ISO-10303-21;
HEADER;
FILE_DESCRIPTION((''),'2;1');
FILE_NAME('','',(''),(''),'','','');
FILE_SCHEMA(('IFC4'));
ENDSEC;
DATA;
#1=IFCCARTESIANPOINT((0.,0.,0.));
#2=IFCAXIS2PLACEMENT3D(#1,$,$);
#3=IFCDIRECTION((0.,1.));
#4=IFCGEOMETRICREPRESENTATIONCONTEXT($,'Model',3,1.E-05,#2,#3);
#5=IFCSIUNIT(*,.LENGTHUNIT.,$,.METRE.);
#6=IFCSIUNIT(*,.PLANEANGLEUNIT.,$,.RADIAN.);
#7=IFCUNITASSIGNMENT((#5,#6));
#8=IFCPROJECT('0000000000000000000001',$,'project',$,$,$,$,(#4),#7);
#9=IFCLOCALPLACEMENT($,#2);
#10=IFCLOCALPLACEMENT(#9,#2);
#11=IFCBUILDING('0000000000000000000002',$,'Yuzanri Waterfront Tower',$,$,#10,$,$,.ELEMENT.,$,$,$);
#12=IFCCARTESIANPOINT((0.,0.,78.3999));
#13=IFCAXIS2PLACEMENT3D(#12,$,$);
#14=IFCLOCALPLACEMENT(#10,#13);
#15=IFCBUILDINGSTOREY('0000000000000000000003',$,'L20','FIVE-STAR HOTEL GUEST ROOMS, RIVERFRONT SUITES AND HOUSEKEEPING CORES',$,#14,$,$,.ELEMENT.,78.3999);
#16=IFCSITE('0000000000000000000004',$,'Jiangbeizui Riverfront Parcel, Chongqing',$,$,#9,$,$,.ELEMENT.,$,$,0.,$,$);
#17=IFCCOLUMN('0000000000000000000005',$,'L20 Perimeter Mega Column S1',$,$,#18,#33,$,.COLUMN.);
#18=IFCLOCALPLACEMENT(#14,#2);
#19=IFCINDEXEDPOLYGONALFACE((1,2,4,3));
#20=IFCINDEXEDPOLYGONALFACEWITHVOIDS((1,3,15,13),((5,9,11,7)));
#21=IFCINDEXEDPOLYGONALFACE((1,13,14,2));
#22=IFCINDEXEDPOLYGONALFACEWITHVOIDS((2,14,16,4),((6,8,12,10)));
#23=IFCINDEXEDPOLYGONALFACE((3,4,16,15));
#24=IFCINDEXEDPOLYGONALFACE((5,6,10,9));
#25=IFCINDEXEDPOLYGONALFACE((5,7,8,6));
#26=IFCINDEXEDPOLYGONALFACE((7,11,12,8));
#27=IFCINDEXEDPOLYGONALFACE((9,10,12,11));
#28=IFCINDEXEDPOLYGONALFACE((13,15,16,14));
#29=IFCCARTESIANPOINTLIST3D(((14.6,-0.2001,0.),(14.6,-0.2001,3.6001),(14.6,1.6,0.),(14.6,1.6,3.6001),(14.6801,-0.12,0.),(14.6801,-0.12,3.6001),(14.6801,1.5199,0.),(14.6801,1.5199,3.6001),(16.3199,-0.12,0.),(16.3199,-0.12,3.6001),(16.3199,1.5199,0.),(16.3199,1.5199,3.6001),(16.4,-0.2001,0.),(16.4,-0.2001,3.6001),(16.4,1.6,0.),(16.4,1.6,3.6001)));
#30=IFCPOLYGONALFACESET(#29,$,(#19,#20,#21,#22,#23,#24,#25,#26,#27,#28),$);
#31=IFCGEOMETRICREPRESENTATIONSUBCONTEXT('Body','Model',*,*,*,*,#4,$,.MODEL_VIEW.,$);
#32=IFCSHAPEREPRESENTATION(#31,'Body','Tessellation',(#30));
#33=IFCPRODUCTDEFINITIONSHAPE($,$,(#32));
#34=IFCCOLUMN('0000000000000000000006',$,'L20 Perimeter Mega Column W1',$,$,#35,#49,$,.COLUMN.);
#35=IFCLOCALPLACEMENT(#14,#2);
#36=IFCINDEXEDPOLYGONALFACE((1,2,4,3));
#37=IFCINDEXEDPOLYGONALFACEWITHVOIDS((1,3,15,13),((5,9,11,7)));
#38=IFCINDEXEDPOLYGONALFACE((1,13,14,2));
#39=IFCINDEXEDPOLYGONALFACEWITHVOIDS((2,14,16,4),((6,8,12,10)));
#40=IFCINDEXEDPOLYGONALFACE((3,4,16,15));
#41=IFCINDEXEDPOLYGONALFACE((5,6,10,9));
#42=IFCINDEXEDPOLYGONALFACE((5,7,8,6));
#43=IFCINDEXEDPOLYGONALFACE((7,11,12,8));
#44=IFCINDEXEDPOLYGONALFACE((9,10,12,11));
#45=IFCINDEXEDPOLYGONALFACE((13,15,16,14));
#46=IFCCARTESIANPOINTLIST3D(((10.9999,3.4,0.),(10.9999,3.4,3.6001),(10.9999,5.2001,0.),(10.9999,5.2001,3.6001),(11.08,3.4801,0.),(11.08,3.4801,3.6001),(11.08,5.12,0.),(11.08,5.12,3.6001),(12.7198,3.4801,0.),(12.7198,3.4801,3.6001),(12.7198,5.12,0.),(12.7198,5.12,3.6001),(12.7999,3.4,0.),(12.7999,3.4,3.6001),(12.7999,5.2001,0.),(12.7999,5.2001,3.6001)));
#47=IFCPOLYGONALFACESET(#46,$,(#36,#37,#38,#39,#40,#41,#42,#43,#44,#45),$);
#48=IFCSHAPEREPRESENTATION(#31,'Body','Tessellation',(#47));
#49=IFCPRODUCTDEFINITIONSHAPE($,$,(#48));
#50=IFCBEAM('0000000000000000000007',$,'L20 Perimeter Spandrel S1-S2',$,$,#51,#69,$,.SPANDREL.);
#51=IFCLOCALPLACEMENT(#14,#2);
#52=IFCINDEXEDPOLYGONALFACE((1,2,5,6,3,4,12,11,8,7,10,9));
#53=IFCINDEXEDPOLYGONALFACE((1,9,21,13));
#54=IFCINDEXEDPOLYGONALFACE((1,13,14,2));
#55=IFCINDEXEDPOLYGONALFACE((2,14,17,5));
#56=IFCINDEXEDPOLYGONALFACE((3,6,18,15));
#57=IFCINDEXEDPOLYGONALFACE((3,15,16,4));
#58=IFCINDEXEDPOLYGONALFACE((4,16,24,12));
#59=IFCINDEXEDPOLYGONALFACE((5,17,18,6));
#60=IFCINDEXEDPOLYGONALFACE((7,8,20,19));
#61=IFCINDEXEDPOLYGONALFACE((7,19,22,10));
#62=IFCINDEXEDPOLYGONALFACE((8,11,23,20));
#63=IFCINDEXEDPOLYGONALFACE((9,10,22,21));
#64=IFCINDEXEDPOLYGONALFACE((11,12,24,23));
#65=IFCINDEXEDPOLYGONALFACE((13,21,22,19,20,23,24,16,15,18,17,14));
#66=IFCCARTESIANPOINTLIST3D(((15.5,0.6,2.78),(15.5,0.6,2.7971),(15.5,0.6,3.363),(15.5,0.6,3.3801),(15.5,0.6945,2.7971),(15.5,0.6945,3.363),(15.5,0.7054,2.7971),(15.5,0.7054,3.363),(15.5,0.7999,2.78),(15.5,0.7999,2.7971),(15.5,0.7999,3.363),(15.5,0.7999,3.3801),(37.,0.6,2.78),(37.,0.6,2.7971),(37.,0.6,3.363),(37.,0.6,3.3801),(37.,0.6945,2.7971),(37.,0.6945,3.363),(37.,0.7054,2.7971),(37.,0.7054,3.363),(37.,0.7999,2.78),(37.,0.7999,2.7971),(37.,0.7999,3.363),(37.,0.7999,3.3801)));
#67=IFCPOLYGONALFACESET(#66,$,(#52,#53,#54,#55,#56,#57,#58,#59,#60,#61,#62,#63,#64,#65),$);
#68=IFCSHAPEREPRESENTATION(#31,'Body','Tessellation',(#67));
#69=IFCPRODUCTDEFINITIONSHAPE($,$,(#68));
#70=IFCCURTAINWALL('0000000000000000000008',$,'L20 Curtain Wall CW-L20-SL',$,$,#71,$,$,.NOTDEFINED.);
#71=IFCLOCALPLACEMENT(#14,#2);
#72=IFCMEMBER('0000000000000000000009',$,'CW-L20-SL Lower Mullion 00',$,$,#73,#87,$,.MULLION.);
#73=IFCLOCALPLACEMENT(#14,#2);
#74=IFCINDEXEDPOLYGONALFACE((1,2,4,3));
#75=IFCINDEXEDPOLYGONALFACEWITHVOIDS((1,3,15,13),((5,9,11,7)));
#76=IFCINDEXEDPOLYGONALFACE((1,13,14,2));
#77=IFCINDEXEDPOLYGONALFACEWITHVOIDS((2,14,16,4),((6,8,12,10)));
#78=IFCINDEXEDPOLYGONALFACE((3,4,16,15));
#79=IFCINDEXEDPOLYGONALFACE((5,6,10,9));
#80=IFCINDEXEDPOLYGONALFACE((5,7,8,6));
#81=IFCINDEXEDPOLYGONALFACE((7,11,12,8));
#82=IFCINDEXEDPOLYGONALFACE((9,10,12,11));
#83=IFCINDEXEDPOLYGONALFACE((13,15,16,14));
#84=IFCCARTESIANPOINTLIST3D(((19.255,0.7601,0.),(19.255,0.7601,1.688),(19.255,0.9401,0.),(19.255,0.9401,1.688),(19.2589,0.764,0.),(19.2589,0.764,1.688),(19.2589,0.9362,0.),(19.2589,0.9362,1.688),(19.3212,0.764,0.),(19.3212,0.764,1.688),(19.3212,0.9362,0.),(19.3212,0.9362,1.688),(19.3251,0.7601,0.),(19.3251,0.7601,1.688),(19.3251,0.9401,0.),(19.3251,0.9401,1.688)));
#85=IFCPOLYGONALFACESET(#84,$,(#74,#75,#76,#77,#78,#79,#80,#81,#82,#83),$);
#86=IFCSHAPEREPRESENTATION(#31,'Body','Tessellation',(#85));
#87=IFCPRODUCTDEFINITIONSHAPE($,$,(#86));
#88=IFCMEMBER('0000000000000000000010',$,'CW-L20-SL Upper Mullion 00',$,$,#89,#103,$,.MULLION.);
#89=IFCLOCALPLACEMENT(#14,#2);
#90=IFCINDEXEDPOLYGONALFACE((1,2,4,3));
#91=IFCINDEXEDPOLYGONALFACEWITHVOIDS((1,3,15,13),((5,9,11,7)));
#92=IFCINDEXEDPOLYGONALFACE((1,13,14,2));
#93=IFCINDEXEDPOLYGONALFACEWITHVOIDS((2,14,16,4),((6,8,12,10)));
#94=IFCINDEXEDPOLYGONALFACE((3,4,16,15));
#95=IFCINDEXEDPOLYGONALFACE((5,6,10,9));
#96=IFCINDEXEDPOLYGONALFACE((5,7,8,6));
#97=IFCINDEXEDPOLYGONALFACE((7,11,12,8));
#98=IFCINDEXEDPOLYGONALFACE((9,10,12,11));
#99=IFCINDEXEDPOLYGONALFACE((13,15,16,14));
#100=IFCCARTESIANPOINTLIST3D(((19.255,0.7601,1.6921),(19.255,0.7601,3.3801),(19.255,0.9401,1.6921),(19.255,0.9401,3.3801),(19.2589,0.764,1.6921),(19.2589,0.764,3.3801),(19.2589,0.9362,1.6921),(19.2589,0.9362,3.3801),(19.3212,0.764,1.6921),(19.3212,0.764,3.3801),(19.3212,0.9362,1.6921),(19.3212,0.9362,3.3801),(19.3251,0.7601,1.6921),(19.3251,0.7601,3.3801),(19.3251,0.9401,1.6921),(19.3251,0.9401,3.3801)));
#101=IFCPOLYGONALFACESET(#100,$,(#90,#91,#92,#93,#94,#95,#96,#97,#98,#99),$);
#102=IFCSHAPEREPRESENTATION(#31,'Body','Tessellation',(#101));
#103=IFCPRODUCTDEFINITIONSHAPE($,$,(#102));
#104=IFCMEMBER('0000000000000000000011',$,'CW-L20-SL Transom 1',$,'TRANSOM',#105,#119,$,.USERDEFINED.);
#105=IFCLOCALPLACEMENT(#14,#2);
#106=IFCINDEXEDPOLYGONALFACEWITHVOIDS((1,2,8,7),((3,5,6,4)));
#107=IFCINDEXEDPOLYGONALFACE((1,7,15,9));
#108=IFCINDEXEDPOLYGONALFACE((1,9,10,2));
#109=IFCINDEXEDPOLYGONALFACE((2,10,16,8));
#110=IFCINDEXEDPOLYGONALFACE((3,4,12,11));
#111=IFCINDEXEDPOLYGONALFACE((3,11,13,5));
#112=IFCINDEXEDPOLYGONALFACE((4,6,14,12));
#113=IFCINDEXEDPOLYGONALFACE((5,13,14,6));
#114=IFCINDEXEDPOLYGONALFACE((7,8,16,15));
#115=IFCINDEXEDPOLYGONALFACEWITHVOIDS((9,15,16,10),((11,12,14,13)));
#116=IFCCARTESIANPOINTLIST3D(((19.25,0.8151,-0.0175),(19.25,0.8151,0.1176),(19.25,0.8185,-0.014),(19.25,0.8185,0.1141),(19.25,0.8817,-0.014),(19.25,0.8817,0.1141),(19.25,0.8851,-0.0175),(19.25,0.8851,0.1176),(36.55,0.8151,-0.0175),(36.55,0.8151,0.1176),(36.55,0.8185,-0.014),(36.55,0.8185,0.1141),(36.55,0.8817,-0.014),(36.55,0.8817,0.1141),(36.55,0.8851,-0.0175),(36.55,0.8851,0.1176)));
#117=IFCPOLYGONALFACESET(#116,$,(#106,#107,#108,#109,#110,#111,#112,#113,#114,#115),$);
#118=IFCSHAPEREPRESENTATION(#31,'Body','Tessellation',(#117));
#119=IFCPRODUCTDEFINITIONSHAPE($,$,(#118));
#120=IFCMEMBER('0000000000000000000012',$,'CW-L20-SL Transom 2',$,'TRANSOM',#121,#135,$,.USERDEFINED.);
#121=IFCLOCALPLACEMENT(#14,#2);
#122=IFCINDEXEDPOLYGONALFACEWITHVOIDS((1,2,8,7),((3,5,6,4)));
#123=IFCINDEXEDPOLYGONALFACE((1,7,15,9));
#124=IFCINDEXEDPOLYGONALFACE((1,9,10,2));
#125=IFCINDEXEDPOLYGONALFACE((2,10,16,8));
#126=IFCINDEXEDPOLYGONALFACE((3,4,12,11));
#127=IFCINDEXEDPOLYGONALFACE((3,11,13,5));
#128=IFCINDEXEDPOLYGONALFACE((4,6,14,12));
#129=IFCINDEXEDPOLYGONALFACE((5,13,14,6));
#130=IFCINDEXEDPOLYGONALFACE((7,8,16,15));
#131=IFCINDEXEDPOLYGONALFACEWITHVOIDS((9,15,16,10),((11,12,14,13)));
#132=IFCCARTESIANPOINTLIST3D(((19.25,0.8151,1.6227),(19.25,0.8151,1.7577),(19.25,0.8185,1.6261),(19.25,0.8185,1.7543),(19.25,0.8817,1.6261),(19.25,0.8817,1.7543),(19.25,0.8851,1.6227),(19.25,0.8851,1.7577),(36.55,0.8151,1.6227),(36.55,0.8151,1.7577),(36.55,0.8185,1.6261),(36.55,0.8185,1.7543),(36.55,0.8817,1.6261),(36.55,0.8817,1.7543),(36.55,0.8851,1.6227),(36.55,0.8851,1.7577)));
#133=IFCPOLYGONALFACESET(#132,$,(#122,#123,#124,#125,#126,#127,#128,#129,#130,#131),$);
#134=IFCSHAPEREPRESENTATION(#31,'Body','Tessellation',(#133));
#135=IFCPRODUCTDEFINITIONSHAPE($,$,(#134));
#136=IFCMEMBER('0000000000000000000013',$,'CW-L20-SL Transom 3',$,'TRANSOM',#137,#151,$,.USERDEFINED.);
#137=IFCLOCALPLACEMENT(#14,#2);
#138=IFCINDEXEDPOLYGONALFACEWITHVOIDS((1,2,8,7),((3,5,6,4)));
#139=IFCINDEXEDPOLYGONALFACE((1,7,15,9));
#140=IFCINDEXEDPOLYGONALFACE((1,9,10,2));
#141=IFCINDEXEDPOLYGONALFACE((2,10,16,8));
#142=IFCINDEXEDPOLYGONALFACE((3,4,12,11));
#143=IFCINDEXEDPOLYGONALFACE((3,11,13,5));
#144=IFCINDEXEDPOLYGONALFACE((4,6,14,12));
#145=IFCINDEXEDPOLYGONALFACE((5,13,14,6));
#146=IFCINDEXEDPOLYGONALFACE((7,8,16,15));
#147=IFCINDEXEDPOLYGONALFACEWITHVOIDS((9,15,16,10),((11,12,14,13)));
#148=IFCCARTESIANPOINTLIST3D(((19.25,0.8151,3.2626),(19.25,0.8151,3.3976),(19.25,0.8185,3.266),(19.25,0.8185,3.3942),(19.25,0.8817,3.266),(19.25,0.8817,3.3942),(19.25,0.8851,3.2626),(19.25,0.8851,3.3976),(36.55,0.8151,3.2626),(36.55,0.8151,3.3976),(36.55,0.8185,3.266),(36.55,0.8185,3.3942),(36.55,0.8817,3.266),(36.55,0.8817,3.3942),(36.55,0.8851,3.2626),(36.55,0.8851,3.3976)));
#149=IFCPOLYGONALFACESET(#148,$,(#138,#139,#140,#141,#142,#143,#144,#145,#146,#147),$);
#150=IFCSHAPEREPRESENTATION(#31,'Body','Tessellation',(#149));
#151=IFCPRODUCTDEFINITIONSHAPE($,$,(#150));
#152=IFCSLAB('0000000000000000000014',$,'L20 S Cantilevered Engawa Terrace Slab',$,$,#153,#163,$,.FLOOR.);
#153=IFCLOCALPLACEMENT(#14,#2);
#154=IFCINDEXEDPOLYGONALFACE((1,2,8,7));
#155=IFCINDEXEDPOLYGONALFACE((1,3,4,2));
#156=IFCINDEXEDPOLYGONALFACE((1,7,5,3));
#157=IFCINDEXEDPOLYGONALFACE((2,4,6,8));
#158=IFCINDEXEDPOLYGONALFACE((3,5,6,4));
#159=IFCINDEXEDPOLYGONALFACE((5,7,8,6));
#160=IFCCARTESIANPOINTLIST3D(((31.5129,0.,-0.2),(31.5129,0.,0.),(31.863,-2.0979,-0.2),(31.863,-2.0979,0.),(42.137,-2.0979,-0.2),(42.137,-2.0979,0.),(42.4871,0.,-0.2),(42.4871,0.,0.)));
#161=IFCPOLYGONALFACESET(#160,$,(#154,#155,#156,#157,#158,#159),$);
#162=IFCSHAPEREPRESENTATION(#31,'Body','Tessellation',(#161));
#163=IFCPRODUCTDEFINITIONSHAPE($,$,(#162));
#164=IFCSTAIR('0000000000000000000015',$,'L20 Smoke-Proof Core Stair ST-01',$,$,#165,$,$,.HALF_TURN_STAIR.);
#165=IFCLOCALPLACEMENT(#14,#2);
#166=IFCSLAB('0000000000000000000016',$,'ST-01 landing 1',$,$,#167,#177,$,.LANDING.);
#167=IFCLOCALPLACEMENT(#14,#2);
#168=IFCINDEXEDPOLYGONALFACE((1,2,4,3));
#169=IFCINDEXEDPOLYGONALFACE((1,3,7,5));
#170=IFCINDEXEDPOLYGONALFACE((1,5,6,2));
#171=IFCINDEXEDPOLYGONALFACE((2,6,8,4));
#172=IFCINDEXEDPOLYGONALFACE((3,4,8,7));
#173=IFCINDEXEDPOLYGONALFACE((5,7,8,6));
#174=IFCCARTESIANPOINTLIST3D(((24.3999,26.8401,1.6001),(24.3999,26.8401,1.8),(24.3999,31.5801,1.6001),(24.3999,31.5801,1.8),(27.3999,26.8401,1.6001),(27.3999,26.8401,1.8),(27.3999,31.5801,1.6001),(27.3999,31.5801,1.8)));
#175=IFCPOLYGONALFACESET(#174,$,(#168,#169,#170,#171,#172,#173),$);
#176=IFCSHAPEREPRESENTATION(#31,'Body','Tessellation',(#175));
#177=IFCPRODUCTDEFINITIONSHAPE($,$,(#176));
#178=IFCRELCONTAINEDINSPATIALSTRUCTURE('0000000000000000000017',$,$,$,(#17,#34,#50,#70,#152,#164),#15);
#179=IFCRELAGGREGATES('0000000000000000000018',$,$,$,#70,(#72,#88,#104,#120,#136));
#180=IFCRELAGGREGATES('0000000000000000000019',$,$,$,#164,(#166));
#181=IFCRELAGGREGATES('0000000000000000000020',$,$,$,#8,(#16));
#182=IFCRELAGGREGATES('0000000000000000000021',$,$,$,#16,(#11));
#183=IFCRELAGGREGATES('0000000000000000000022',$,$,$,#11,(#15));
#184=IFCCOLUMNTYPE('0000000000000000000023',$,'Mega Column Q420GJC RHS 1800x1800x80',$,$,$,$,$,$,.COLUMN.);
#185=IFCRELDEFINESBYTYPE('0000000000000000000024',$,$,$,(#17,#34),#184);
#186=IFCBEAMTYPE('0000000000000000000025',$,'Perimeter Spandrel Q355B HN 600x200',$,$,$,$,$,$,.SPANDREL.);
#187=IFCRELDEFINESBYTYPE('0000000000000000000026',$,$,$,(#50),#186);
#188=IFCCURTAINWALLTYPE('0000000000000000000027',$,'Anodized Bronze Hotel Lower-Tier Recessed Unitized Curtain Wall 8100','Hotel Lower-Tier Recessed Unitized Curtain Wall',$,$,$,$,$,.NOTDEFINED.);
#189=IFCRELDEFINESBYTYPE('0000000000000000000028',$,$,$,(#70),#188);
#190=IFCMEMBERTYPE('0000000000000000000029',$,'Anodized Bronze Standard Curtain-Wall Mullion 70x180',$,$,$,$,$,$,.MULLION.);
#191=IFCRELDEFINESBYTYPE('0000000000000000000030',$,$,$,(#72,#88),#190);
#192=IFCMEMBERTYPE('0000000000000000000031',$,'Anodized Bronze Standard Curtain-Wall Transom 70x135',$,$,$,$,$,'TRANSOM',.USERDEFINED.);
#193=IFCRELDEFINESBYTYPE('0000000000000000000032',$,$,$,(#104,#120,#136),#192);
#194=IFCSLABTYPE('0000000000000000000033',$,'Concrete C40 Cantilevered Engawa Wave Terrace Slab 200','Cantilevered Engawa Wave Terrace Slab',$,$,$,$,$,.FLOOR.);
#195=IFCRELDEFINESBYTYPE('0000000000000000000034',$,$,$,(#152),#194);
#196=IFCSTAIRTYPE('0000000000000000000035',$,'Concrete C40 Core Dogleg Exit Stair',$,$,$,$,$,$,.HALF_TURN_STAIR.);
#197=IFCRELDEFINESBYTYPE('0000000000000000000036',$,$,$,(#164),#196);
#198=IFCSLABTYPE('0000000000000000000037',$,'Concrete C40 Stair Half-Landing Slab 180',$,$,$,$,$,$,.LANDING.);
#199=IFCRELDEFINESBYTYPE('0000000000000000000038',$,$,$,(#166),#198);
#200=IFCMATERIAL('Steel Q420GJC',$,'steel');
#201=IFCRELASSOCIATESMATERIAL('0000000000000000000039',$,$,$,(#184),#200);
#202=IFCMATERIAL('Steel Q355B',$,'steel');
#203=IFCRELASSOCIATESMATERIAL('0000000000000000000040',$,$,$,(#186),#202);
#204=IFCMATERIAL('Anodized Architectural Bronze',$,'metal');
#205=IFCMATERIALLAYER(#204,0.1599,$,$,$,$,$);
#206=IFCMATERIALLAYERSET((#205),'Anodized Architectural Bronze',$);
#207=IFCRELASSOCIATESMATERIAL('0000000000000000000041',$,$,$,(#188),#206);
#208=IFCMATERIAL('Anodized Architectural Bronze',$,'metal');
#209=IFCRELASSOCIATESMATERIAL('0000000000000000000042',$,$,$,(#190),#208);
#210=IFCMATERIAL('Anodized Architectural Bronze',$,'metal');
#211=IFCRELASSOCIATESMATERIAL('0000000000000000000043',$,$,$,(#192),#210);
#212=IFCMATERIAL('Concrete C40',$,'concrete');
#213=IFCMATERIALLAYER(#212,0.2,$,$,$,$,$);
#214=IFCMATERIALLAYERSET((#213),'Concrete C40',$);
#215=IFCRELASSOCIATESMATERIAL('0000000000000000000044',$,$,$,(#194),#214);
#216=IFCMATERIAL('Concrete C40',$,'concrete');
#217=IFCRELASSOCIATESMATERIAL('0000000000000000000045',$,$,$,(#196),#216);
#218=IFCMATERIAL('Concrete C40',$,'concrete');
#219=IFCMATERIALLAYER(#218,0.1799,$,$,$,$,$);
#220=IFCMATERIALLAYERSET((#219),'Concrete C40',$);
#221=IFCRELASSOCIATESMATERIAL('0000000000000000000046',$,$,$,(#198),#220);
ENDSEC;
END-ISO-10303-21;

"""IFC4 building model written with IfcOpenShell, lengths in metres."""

from ifc_helpers import new_model, si_unit, direction, frame, origin, origin_2d, place, context, subcontext, project, spatial, polyline, hollow_rectangle, i_section, outline, extrude, source, transform, mapped, material, layer, layer_set, material_profile, profile_set, type_object, element, aggregate, save


model = new_model("IFC4")

# Units and contexts
model_context = context("Model", 3, precision=1e-05, world=origin(), true_north=direction((0.0, 1.0)))
body_context = subcontext(model_context, "Body", "Model", "MODEL_VIEW")
ifc_project = project(units=[si_unit("LENGTHUNIT", "METRE"), si_unit("PLANEANGLEUNIT", "RADIAN")], contexts=[model_context])

# Site, building, storey
site_placement = place(None, origin())
site = spatial("IfcSite", under=ifc_project, at=site_placement, Name="Jiangbeizui Riverfront Parcel, Chongqing", CompositionType="ELEMENT", RefElevation=0.0)
building_placement = place(site_placement, origin())
building = spatial("IfcBuilding", under=site, at=building_placement, Name="Yuzanri Waterfront Tower", CompositionType="ELEMENT")
storey_placement = place(building_placement, frame((0.0, 0.0, 78.3999)))
storey = spatial("IfcBuildingStorey", under=building, at=storey_placement, Name="L20", Description="FIVE-STAR HOTEL GUEST ROOMS, RIVERFRONT SUITES AND HOUSEKEEPING CORES", CompositionType="ELEMENT", Elevation=78.3999)

# Columns
ifc_material_1 = material(Name="Steel Q420GJC", Category="steel")
ifc_material_profile_1 = material_profile(ifc_material_1, hollow_rectangle(XDim=1.8, YDim=1.8, WallThickness=0.0801, at=origin_2d()), Name="RHS 1800x1800x80")
ifc_profile_set_1 = profile_set([ifc_material_profile_1], Name="Steel Q420GJC")
column_type = type_object("IfcColumnType", Name="Mega Column Q420GJC RHS 1800x1800x80", PredefinedType="COLUMN", material=ifc_profile_set_1)
shared_shape_1 = source(origin(), body_context, "Body", "SweptSolid", [
    extrude(hollow_rectangle(XDim=1.8, YDim=1.8, WallThickness=0.0801, at=origin_2d()), origin(), (0.0, 0.0, 1.0), 3.6001),
])
for number, where, z_axis, x_axis, name in (
    (1, (15.5, 0.7, 0.0), (0.0, 0.0, 1.0), (1.0, 0.0, 0.0), "L20 Perimeter Mega Column S1"),
    (2, (11.8999, 4.3, 0.0), (0.0, 0.0, 1.0), (1.0, 0.0, 0.0), "L20 Perimeter Mega Column W1"),
):
    element("IfcColumn", number, at=place(storey_placement, frame(where, z_axis=z_axis, x_axis=x_axis)), inside=storey, type_object=column_type, Name=name, PredefinedType="COLUMN", context=body_context, shape_type="MappedRepresentation", body=[
        mapped(shared_shape_1, transform((0.0, 0.0, 0.0), scale=1.0)),
    ])

# Beam
ifc_material_2 = material(Name="Steel Q355B", Category="steel")
ifc_material_profile_2 = material_profile(ifc_material_2, i_section(OverallWidth=0.2, OverallDepth=0.6001, WebThickness=0.011, FlangeThickness=0.0171, at=origin_2d()), Name="HN 600x200x11x17")
ifc_profile_set_2 = profile_set([ifc_material_profile_2], Name="Steel Q355B")
beam_type = type_object("IfcBeamType", Name="Perimeter Spandrel Q355B HN 600x200", PredefinedType="SPANDREL", material=ifc_profile_set_2)
shared_shape_2 = source(origin(), body_context, "Body", "SweptSolid", [
    extrude(i_section(OverallWidth=0.2, OverallDepth=0.6001, WebThickness=0.011, FlangeThickness=0.0171, at=origin_2d()), origin(), (0.0, 0.0, 1.0), 21.5),
])
beam_placement = place(storey_placement, frame((15.5, 0.7, 3.0801), z_axis=(1.0, 0.0, 0.0), x_axis=(0.0, 1.0, 0.0)))
element("IfcBeam", 3, at=beam_placement, inside=storey, type_object=beam_type, Name="L20 Perimeter Spandrel S1-S2", PredefinedType="SPANDREL", context=body_context, shape_type="MappedRepresentation", body=[
    mapped(shared_shape_2, transform((0.0, 0.0, 0.0), scale=1.0)),
])

# Curtain wall, members
ifc_material_3 = material(Name="Anodized Architectural Bronze", Category="metal")
ifc_layer_1 = layer(ifc_material_3, 0.1599)
ifc_layer_set_1 = layer_set([ifc_layer_1], Name="Anodized Architectural Bronze")
curtain_wall_type = type_object("IfcCurtainWallType", Name="Anodized Bronze Hotel Lower-Tier Recessed Unitized Curtain Wall 8100", Description="Hotel Lower-Tier Recessed Unitized Curtain Wall", PredefinedType="NOTDEFINED", material=ifc_layer_set_1)
curtain_wall_placement = place(storey_placement, origin())
curtain_wall = element("IfcCurtainWall", 4, at=curtain_wall_placement, inside=storey, type_object=curtain_wall_type, Name="L20 Curtain Wall CW-L20-SL", PredefinedType="NOTDEFINED")
ifc_material_4 = material(Name="Anodized Architectural Bronze", Category="metal")
ifc_material_profile_3 = material_profile(ifc_material_4, hollow_rectangle(XDim=0.0701, YDim=0.1799, WallThickness=0.0039, at=origin_2d()), Name="CWM 70x180")
ifc_profile_set_3 = profile_set([ifc_material_profile_3], Name="Anodized Architectural Bronze")
member_type_1 = type_object("IfcMemberType", Name="Anodized Bronze Standard Curtain-Wall Mullion 70x180", PredefinedType="MULLION", material=ifc_profile_set_3)
shared_shape_3 = source(origin(), body_context, "Body", "SweptSolid", [
    extrude(hollow_rectangle(XDim=0.0701, YDim=0.1799, WallThickness=0.0039, at=origin_2d()), origin(), (0.0, 0.0, 1.0), 1.688),
])
member_1_placement = place(storey_placement, frame((19.29, 0.8501, 0.0), z_axis=(0.0, 0.0, 1.0), x_axis=(1.0, 0.0, 0.0)))
member_1 = element("IfcMember", 5, at=member_1_placement, type_object=member_type_1, Name="CW-L20-SL Lower Mullion 00", PredefinedType="MULLION", context=body_context, shape_type="MappedRepresentation", body=[
    mapped(shared_shape_3, transform((0.0, 0.0, 0.0), scale=1.0)),
])
member_2_placement = place(storey_placement, frame((19.29, 0.8501, 1.6921), z_axis=(0.0, 0.0, 1.0), x_axis=(1.0, 0.0, 0.0)))
member_2 = element("IfcMember", 6, at=member_2_placement, type_object=member_type_1, Name="CW-L20-SL Upper Mullion 00", PredefinedType="MULLION", context=body_context, shape_type="MappedRepresentation", body=[
    mapped(shared_shape_3, transform((0.0, 0.0, 0.0), scale=1.0)),
])
ifc_material_5 = material(Name="Anodized Architectural Bronze", Category="metal")
ifc_material_profile_4 = material_profile(ifc_material_5, hollow_rectangle(XDim=0.0701, YDim=0.135, WallThickness=0.0034, at=origin_2d()), Name="CWT 70x135")
ifc_profile_set_4 = profile_set([ifc_material_profile_4], Name="Anodized Architectural Bronze")
member_type_2 = type_object("IfcMemberType", Name="Anodized Bronze Standard Curtain-Wall Transom 70x135", ElementType="TRANSOM", PredefinedType="USERDEFINED", material=ifc_profile_set_4)
shared_shape_4 = source(origin(), body_context, "Body", "SweptSolid", [
    extrude(hollow_rectangle(XDim=0.0701, YDim=0.135, WallThickness=0.0034, at=origin_2d()), origin(), (0.0, 0.0, 1.0), 17.3),
])
member_3_placement = place(storey_placement, frame((19.25, 0.8501, 0.05), z_axis=(1.0, 0.0, 0.0), x_axis=(0.0, 1.0, 0.0)))
member_3 = element("IfcMember", 7, at=member_3_placement, type_object=member_type_2, Name="CW-L20-SL Transom 1", ObjectType="TRANSOM", PredefinedType="USERDEFINED", context=body_context, shape_type="MappedRepresentation", body=[
    mapped(shared_shape_4, transform((0.0, 0.0, 0.0), scale=1.0)),
])
member_4_placement = place(storey_placement, frame((19.25, 0.8501, 1.6902), z_axis=(1.0, 0.0, 0.0), x_axis=(0.0, 1.0, 0.0)))
member_4 = element("IfcMember", 8, at=member_4_placement, type_object=member_type_2, Name="CW-L20-SL Transom 2", ObjectType="TRANSOM", PredefinedType="USERDEFINED", context=body_context, shape_type="MappedRepresentation", body=[
    mapped(shared_shape_4, transform((0.0, 0.0, 0.0), scale=1.0)),
])
member_5_placement = place(storey_placement, frame((19.25, 0.8501, 3.3301), z_axis=(1.0, 0.0, 0.0), x_axis=(0.0, 1.0, 0.0)))
member_5 = element("IfcMember", 9, at=member_5_placement, type_object=member_type_2, Name="CW-L20-SL Transom 3", ObjectType="TRANSOM", PredefinedType="USERDEFINED", context=body_context, shape_type="MappedRepresentation", body=[
    mapped(shared_shape_4, transform((0.0, 0.0, 0.0), scale=1.0)),
])
aggregate(curtain_wall, [member_1, member_2, member_3, member_4, member_5])

# Slab
ifc_material_6 = material(Name="Concrete C40", Category="concrete")
ifc_layer_2 = layer(ifc_material_6, 0.2)
ifc_layer_set_2 = layer_set([ifc_layer_2], Name="Concrete C40")
slab_type_1 = type_object("IfcSlabType", Name="Concrete C40 Cantilevered Engawa Wave Terrace Slab 200", Description="Cantilevered Engawa Wave Terrace Slab", PredefinedType="FLOOR", material=ifc_layer_set_2)
slab_1_placement = place(storey_placement, frame((0.0, 0.0, -0.2)))
element("IfcSlab", 10, at=slab_1_placement, inside=storey, type_object=slab_type_1, Name="L20 S Cantilevered Engawa Terrace Slab", PredefinedType="FLOOR", context=body_context, shape_type="SweptSolid", body=[
    extrude(outline(polyline([(31.5129, 0.0), (42.4871, 0.0), (42.137, -2.0979), (31.863, -2.0979), (31.5129, 0.0)])), origin(), (0.0, 0.0, 1.0), 0.2),
])

# Stair, slab
ifc_material_7 = material(Name="Concrete C40", Category="concrete")
stair_type = type_object("IfcStairType", Name="Concrete C40 Core Dogleg Exit Stair", PredefinedType="HALF_TURN_STAIR", material=ifc_material_7)
stair_1_placement = place(storey_placement, origin())
stair_1 = element("IfcStair", 11, at=stair_1_placement, inside=storey, type_object=stair_type, Name="L20 Smoke-Proof Core Stair ST-01", PredefinedType="HALF_TURN_STAIR")
ifc_material_8 = material(Name="Concrete C40", Category="concrete")
ifc_layer_3 = layer(ifc_material_8, 0.1799)
ifc_layer_set_3 = layer_set([ifc_layer_3], Name="Concrete C40")
slab_type_2 = type_object("IfcSlabType", Name="Concrete C40 Stair Half-Landing Slab 180", PredefinedType="LANDING", material=ifc_layer_set_3)
slab_2_placement = place(storey_placement, frame((0.0, 0.0, 1.6001)))
slab_2 = element("IfcSlab", 12, at=slab_2_placement, type_object=slab_type_2, Name="ST-01 landing 1", PredefinedType="LANDING", context=body_context, shape_type="SweptSolid", body=[
    extrude(outline(polyline([(27.3999, 26.8401), (27.3999, 31.5801), (24.3999, 31.5801), (24.3999, 26.8401), (27.3999, 26.8401)])), origin(), (0.0, 0.0, 1.0), 0.2),
])
aggregate(stair_1, [slab_2])

save(model, "model.ifc")
